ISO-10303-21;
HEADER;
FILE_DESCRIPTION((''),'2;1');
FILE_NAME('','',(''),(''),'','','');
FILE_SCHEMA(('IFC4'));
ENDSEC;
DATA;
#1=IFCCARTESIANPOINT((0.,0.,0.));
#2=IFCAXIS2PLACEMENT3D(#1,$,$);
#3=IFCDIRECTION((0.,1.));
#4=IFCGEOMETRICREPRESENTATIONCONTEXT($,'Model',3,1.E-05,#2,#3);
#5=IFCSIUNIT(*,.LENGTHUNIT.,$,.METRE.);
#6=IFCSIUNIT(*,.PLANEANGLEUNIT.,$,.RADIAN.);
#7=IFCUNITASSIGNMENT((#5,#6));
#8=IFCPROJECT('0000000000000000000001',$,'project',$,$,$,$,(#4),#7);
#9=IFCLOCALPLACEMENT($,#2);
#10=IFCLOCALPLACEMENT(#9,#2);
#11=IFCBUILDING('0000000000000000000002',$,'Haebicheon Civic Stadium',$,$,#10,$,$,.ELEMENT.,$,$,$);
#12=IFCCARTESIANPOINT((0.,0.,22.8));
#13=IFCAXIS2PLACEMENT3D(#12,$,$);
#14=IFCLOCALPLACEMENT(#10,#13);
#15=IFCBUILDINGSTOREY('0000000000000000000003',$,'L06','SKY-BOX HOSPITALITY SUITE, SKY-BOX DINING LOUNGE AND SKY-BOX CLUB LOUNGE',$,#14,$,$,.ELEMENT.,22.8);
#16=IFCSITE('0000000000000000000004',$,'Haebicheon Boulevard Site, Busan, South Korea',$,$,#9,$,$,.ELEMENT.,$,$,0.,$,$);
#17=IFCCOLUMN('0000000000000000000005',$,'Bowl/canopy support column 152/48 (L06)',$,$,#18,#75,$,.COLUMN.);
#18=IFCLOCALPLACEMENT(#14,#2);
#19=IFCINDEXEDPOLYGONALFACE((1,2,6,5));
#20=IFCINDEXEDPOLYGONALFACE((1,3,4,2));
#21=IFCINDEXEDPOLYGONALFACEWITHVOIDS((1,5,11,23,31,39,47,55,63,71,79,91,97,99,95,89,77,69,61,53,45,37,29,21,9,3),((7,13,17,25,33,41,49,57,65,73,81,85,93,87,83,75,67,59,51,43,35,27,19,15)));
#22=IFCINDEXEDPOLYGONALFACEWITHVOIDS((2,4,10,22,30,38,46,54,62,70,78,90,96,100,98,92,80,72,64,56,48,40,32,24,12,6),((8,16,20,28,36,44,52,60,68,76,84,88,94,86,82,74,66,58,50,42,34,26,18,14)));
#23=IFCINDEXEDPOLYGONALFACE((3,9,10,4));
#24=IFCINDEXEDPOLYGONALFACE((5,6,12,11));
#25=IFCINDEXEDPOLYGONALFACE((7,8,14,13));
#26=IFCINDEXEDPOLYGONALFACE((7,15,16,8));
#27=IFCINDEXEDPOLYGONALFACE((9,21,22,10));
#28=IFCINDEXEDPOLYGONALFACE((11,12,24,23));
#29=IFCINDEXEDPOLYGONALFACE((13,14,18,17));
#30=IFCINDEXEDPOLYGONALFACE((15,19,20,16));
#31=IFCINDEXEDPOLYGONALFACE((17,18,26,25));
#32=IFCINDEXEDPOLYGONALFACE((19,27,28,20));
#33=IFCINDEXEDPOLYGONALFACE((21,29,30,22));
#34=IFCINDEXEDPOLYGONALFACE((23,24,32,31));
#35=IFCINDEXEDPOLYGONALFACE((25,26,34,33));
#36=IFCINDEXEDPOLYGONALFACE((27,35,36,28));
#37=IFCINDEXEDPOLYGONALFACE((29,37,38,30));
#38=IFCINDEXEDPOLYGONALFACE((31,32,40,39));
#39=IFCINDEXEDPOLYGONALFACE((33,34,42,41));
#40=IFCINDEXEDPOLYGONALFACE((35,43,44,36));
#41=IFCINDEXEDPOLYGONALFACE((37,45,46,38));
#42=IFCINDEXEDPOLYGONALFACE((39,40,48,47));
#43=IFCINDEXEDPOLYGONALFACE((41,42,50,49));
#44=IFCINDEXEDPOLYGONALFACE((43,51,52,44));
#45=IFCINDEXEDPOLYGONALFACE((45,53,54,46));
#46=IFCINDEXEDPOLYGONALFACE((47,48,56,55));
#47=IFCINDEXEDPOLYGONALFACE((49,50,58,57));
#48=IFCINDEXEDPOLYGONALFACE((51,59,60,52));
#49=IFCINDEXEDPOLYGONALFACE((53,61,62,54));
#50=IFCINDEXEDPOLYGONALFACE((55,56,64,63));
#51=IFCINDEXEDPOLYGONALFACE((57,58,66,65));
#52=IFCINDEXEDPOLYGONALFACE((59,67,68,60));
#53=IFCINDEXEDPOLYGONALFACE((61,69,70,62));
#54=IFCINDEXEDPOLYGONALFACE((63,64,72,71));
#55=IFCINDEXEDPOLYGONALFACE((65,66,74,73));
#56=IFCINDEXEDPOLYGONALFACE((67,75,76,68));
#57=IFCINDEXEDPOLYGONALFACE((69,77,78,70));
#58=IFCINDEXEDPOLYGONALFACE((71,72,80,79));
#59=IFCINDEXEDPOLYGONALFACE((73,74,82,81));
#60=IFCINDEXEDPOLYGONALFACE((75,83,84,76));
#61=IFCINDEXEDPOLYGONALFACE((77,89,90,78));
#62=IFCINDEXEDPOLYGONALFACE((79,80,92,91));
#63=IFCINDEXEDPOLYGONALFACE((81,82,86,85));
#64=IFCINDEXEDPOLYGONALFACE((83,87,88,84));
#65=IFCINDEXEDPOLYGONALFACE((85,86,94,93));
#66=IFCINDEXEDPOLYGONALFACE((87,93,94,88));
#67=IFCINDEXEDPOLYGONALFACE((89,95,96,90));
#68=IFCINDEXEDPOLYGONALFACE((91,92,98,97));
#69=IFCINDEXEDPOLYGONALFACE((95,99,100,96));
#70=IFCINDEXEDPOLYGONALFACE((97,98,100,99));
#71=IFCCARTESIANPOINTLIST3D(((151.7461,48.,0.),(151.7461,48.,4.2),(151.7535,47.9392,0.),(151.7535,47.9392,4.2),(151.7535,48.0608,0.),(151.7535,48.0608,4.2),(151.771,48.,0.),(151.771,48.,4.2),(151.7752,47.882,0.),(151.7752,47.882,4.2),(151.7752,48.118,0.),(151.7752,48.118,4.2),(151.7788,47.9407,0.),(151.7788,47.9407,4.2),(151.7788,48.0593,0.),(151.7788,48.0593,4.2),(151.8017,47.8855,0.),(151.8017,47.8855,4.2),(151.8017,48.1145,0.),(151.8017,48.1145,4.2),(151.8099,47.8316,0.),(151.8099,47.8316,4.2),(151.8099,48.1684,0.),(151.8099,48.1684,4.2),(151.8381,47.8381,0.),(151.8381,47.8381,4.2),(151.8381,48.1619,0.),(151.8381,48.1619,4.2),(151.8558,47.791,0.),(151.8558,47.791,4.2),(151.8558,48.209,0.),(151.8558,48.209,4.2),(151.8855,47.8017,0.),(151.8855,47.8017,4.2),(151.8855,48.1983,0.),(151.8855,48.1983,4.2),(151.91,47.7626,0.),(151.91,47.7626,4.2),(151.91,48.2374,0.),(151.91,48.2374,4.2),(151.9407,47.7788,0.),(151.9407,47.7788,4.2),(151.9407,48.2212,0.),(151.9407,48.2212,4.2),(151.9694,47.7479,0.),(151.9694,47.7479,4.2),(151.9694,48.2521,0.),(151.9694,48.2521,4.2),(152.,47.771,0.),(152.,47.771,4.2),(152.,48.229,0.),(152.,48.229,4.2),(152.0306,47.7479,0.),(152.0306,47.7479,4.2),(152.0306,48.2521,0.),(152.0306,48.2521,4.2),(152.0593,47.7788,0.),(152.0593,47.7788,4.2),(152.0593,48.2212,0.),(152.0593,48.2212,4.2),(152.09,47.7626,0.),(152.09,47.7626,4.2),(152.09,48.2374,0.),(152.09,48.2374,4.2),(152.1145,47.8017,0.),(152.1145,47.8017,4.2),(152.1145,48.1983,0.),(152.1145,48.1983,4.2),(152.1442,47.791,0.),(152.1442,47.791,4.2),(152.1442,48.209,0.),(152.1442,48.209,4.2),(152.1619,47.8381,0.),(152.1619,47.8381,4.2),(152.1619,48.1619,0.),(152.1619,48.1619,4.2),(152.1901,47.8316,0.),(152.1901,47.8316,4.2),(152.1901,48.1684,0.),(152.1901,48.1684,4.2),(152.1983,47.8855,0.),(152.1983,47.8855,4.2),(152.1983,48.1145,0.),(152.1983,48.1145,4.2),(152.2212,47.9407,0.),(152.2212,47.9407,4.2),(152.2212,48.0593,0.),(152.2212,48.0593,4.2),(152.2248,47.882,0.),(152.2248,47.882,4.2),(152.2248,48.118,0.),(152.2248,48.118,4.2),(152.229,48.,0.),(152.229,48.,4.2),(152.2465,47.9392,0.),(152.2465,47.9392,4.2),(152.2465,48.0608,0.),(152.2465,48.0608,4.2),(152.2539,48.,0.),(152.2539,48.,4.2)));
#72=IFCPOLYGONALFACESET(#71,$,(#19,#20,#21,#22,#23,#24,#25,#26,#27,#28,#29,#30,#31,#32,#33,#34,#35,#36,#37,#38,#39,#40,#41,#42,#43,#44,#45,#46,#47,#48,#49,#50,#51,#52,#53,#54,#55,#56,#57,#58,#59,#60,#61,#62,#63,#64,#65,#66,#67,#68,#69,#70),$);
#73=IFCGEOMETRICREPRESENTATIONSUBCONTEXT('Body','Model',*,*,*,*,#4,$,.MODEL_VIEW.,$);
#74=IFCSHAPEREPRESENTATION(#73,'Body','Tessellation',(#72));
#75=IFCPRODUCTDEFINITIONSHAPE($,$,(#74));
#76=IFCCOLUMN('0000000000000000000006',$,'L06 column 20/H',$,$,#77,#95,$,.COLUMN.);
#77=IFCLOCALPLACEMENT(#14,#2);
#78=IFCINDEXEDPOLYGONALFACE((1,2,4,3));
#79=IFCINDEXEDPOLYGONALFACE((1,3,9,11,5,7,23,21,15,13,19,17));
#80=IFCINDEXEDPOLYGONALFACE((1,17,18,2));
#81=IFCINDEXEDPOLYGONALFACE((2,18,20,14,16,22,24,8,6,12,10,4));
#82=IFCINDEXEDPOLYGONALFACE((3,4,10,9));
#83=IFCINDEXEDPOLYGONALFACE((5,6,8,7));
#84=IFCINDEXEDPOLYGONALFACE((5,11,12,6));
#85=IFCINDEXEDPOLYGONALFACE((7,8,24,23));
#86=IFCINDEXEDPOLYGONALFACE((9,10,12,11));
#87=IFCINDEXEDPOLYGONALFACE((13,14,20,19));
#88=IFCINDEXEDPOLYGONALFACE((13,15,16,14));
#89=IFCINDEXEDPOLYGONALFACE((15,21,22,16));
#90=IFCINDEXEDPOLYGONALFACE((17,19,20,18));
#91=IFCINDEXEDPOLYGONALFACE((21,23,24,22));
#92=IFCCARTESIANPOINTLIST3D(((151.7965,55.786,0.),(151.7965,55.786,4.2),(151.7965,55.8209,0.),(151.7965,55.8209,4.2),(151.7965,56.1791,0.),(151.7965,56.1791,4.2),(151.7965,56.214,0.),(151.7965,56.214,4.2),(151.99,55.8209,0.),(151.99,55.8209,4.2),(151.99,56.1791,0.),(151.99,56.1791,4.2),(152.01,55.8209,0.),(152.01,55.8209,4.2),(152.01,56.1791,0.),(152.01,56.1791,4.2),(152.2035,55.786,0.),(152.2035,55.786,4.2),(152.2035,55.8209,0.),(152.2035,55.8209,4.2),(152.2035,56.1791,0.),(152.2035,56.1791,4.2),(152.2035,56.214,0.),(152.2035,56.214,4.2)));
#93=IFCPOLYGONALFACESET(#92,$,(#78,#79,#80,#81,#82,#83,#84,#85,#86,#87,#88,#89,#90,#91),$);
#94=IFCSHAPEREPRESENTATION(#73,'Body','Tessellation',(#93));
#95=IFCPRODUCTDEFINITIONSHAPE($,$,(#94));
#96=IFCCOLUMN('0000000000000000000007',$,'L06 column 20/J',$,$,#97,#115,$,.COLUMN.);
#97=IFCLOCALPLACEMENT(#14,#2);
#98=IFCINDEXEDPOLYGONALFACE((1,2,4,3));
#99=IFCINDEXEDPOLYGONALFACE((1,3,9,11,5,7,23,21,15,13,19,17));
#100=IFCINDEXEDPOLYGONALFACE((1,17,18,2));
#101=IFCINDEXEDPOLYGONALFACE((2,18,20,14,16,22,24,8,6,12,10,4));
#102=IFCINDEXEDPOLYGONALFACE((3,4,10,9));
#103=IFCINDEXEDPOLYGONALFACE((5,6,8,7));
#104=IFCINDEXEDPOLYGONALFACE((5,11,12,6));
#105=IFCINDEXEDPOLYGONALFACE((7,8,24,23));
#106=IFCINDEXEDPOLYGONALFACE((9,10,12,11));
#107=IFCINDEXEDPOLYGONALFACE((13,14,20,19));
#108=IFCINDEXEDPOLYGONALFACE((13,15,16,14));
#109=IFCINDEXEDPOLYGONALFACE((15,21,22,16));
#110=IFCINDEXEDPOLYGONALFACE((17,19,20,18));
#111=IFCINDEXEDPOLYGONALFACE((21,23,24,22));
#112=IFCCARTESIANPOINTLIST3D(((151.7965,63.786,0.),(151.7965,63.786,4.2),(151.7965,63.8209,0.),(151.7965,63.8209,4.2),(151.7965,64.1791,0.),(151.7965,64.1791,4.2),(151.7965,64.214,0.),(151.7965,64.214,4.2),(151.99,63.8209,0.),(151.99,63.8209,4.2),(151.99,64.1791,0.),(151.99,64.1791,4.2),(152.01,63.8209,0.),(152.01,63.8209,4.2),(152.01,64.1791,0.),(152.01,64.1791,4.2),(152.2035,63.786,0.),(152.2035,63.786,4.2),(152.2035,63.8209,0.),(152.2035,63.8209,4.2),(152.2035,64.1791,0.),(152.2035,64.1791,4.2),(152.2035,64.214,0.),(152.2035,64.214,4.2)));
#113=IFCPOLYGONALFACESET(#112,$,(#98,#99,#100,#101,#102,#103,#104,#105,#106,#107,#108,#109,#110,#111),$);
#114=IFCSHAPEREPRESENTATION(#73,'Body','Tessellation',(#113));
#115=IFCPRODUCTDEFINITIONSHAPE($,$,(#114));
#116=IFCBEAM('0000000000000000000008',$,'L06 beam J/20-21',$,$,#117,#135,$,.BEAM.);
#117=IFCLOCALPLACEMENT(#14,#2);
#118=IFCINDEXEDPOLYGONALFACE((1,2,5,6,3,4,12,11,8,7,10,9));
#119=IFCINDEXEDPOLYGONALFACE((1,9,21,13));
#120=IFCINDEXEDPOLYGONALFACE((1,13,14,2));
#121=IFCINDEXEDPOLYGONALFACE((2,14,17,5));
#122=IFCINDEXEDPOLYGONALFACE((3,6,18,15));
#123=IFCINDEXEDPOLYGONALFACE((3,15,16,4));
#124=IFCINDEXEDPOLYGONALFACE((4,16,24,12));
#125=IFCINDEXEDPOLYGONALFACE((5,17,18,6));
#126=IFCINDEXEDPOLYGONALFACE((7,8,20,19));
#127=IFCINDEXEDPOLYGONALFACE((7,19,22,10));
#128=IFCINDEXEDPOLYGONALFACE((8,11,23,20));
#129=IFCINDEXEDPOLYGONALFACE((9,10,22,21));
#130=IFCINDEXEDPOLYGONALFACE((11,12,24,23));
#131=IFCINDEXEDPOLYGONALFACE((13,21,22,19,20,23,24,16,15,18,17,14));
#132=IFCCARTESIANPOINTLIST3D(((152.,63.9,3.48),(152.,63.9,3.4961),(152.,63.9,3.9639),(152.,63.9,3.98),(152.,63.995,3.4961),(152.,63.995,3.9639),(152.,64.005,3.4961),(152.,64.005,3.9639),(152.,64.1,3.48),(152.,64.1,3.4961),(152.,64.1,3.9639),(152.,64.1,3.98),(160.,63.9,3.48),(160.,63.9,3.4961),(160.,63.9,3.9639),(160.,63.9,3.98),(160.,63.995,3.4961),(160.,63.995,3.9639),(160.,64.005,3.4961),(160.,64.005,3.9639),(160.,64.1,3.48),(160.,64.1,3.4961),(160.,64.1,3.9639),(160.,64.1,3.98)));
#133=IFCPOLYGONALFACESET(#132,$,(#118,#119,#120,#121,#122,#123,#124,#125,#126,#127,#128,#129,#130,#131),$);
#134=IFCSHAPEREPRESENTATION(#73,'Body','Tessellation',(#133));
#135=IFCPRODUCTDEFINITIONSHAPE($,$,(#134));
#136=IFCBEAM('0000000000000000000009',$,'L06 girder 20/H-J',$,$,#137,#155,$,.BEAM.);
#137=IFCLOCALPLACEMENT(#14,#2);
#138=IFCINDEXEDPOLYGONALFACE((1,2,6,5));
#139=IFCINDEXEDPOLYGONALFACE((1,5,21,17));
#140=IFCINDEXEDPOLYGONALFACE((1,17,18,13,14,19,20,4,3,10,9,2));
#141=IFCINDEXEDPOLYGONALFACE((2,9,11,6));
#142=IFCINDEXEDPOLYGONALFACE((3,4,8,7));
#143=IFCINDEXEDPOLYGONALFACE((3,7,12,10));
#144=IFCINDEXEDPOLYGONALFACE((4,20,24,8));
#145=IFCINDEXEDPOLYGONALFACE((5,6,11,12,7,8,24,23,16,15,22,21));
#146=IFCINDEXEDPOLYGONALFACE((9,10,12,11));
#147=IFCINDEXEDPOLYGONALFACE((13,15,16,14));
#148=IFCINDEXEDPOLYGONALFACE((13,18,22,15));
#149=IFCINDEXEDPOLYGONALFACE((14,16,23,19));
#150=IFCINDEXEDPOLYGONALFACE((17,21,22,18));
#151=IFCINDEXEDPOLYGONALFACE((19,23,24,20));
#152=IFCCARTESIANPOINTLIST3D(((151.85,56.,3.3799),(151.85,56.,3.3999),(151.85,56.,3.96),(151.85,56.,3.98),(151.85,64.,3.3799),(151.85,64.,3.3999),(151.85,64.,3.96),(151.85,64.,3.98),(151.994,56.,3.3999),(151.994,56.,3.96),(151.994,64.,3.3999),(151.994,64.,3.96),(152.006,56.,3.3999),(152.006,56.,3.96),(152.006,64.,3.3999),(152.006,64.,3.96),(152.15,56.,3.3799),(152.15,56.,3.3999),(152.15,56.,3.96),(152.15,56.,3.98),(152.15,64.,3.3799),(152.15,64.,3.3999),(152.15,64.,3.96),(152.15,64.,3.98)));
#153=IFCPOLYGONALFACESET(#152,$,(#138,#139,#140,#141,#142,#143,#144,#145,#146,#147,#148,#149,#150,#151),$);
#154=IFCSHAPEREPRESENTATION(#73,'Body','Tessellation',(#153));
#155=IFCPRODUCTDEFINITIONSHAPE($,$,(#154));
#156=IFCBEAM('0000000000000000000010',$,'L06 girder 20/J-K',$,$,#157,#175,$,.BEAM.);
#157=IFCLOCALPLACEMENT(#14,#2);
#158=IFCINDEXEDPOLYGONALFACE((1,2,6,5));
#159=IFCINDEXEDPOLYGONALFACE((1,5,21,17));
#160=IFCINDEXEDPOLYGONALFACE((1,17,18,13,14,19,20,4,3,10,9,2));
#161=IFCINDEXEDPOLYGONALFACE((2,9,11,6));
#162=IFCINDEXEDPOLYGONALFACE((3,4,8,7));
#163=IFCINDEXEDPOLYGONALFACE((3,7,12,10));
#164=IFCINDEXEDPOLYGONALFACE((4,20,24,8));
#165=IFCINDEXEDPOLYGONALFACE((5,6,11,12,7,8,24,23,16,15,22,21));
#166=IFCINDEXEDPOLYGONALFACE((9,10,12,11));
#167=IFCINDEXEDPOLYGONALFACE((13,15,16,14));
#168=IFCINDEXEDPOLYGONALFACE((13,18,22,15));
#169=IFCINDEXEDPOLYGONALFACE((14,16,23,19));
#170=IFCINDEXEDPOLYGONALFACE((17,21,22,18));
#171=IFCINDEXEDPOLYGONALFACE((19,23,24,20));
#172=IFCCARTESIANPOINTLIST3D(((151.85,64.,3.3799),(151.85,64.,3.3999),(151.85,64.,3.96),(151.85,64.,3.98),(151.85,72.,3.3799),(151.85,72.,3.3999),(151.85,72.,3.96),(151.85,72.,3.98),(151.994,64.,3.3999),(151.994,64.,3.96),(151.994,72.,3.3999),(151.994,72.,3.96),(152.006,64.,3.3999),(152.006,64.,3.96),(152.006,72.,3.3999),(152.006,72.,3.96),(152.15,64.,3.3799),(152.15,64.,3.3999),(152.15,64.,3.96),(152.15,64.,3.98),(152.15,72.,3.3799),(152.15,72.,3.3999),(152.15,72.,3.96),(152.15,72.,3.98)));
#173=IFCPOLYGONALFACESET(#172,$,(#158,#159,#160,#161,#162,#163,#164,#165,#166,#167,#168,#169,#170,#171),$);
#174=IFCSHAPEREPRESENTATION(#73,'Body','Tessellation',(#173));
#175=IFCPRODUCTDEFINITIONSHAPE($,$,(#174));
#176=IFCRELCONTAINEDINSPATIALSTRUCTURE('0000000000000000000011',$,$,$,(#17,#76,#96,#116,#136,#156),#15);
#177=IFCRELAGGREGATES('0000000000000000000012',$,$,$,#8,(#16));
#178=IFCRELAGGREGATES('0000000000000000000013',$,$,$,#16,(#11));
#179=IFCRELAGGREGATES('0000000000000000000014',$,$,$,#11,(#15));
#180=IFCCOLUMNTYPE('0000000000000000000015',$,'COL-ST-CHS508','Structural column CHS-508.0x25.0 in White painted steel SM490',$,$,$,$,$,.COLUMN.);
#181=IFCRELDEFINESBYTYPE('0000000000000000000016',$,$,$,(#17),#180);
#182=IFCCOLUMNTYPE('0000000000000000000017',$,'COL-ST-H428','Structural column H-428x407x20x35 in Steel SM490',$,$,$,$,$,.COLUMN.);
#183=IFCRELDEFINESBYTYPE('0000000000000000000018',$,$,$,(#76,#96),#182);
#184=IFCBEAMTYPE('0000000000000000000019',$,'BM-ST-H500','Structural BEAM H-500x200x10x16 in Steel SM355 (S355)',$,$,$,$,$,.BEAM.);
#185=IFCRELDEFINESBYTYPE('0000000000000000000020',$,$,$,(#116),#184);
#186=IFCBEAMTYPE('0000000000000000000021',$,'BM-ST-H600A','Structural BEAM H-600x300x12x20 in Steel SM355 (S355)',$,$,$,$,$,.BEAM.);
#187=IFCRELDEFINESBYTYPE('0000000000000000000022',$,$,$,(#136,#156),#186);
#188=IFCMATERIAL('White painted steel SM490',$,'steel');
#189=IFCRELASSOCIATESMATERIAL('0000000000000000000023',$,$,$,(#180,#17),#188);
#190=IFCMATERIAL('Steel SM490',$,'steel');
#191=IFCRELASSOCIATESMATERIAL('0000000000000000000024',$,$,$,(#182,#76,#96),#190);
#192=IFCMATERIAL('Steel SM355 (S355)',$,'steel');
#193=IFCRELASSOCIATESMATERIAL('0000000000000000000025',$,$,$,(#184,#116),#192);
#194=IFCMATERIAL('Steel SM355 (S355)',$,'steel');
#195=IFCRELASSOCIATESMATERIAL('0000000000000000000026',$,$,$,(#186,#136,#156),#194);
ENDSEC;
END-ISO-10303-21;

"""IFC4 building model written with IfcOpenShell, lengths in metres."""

from ifc_helpers import new_model, si_unit, direction, frame, origin, origin_2d, place, context, subcontext, project, spatial, hollow_circle, i_section, extrude, material, material_profile, profile_set, type_object, element, save


model = new_model("IFC4")

# Units and contexts
model_context = context("Model", 3, precision=1e-05, world=origin(), true_north=direction((0.0, 1.0)))
body_context = subcontext(model_context, "Body", "Model", "MODEL_VIEW")
ifc_project = project(units=[si_unit("LENGTHUNIT", "METRE"), si_unit("PLANEANGLEUNIT", "RADIAN")], contexts=[model_context])

# Site, building, storey
site_placement = place(None, origin())
site = spatial("IfcSite", under=ifc_project, at=site_placement, Name="Haebicheon Boulevard Site, Busan, South Korea", CompositionType="ELEMENT", RefElevation=0.0)
building_placement = place(site_placement, origin())
building = spatial("IfcBuilding", under=site, at=building_placement, Name="Haebicheon Civic Stadium", CompositionType="ELEMENT")
storey_placement = place(building_placement, frame((0.0, 0.0, 22.8)))
storey = spatial("IfcBuildingStorey", under=building, at=storey_placement, Name="L06", Description="SKY-BOX HOSPITALITY SUITE, SKY-BOX DINING LOUNGE AND SKY-BOX CLUB LOUNGE", CompositionType="ELEMENT", Elevation=22.8)

# Columns
ifc_material_1 = material(Name="White painted steel SM490", Category="steel")
ifc_material_profile_1 = material_profile(ifc_material_1, hollow_circle(Radius=0.2539, WallThickness=0.0249, at=origin_2d()), Name="CHS-508.0x25.0")
ifc_profile_set_1 = profile_set([ifc_material_profile_1], Name="White painted steel SM490")
column_type_1 = type_object("IfcColumnType", Name="COL-ST-CHS508", Description="Structural column CHS-508.0x25.0 in White painted steel SM490", PredefinedType="COLUMN", material=ifc_profile_set_1)
column_placement = place(storey_placement, frame((152.0, 48.0, 0.0), z_axis=(0.0, 0.0, 1.0), x_axis=(1.0, 0.0, 0.0)))
element("IfcColumn", 1, at=column_placement, inside=storey, type_object=column_type_1, material=ifc_profile_set_1, Name="Bowl/canopy support column 152/48 (L06)", PredefinedType="COLUMN", context=body_context, shape_type="SweptSolid", body=[
    extrude(hollow_circle(Radius=0.2539, WallThickness=0.0249, at=origin_2d()), origin(), (0.0, 0.0, 1.0), 4.2),
])
ifc_material_2 = material(Name="Steel SM490", Category="steel")
ifc_material_profile_2 = material_profile(ifc_material_2, i_section(OverallWidth=0.407, OverallDepth=0.428, WebThickness=0.02, FlangeThickness=0.0349, at=origin_2d()), Name="H-428x407x20x35")
ifc_profile_set_2 = profile_set([ifc_material_profile_2], Name="Steel SM490")
column_type_2 = type_object("IfcColumnType", Name="COL-ST-H428", Description="Structural column H-428x407x20x35 in Steel SM490", PredefinedType="COLUMN", material=ifc_profile_set_2)
for number, where, z_axis, x_axis, name in (
    (2, (152.0, 56.0, 0.0), (0.0, 0.0, 1.0), (1.0, 0.0, 0.0), "L06 column 20/H"),
    (3, (152.0, 64.0, 0.0), (0.0, 0.0, 1.0), (1.0, 0.0, 0.0), "L06 column 20/J"),
):
    element("IfcColumn", number, at=place(storey_placement, frame(where, z_axis=z_axis, x_axis=x_axis)), inside=storey, type_object=column_type_2, material=ifc_profile_set_2, Name=name, PredefinedType="COLUMN", context=body_context, shape_type="SweptSolid", body=[
        extrude(i_section(OverallWidth=0.407, OverallDepth=0.428, WebThickness=0.02, FlangeThickness=0.0349, at=origin_2d()), origin(), (0.0, 0.0, 1.0), 4.2),
    ])

# Beams
ifc_material_3 = material(Name="Steel SM355 (S355)", Category="steel")
ifc_material_profile_3 = material_profile(ifc_material_3, i_section(OverallWidth=0.2, OverallDepth=0.5, WebThickness=0.01, FlangeThickness=0.0161, at=origin_2d()), Name="H-500x200x10x16")
ifc_profile_set_3 = profile_set([ifc_material_profile_3], Name="Steel SM355 (S355)")
beam_type_1 = type_object("IfcBeamType", Name="BM-ST-H500", Description="Structural BEAM H-500x200x10x16 in Steel SM355 (S355)", PredefinedType="BEAM", material=ifc_profile_set_3)
beam_1_placement = place(storey_placement, frame((152.0, 64.0, 3.73), z_axis=(1.0, 0.0, 0.0), x_axis=(0.0, 1.0, 0.0)))
element("IfcBeam", 4, at=beam_1_placement, inside=storey, type_object=beam_type_1, material=ifc_profile_set_3, Name="L06 beam J/20-21", PredefinedType="BEAM", context=body_context, shape_type="SweptSolid", body=[
    extrude(i_section(OverallWidth=0.2, OverallDepth=0.5, WebThickness=0.01, FlangeThickness=0.0161, at=origin_2d()), origin(), (0.0, 0.0, 1.0), 8.0),
])
ifc_material_4 = material(Name="Steel SM355 (S355)", Category="steel")
ifc_material_profile_4 = material_profile(ifc_material_4, i_section(OverallWidth=0.3, OverallDepth=0.6001, WebThickness=0.012, FlangeThickness=0.02, at=origin_2d()), Name="H-600x300x12x20")
ifc_profile_set_4 = profile_set([ifc_material_profile_4], Name="Steel SM355 (S355)")
beam_type_2 = type_object("IfcBeamType", Name="BM-ST-H600A", Description="Structural BEAM H-600x300x12x20 in Steel SM355 (S355)", PredefinedType="BEAM", material=ifc_profile_set_4)
for number, where, z_axis, x_axis, name in (
    (5, (152.0, 56.0, 3.6799), (0.0, 1.0, 0.0), (-1.0, 0.0, 0.0), "L06 girder 20/H-J"),
    (6, (152.0, 64.0, 3.6799), (0.0, 1.0, 0.0), (-1.0, 0.0, 0.0), "L06 girder 20/J-K"),
):
    element("IfcBeam", number, at=place(storey_placement, frame(where, z_axis=z_axis, x_axis=x_axis)), inside=storey, type_object=beam_type_2, material=ifc_profile_set_4, Name=name, PredefinedType="BEAM", context=body_context, shape_type="SweptSolid", body=[
        extrude(i_section(OverallWidth=0.3, OverallDepth=0.6001, WebThickness=0.012, FlangeThickness=0.02, at=origin_2d()), origin(), (0.0, 0.0, 1.0), 8.0),
    ])

save(model, "model.ifc")
